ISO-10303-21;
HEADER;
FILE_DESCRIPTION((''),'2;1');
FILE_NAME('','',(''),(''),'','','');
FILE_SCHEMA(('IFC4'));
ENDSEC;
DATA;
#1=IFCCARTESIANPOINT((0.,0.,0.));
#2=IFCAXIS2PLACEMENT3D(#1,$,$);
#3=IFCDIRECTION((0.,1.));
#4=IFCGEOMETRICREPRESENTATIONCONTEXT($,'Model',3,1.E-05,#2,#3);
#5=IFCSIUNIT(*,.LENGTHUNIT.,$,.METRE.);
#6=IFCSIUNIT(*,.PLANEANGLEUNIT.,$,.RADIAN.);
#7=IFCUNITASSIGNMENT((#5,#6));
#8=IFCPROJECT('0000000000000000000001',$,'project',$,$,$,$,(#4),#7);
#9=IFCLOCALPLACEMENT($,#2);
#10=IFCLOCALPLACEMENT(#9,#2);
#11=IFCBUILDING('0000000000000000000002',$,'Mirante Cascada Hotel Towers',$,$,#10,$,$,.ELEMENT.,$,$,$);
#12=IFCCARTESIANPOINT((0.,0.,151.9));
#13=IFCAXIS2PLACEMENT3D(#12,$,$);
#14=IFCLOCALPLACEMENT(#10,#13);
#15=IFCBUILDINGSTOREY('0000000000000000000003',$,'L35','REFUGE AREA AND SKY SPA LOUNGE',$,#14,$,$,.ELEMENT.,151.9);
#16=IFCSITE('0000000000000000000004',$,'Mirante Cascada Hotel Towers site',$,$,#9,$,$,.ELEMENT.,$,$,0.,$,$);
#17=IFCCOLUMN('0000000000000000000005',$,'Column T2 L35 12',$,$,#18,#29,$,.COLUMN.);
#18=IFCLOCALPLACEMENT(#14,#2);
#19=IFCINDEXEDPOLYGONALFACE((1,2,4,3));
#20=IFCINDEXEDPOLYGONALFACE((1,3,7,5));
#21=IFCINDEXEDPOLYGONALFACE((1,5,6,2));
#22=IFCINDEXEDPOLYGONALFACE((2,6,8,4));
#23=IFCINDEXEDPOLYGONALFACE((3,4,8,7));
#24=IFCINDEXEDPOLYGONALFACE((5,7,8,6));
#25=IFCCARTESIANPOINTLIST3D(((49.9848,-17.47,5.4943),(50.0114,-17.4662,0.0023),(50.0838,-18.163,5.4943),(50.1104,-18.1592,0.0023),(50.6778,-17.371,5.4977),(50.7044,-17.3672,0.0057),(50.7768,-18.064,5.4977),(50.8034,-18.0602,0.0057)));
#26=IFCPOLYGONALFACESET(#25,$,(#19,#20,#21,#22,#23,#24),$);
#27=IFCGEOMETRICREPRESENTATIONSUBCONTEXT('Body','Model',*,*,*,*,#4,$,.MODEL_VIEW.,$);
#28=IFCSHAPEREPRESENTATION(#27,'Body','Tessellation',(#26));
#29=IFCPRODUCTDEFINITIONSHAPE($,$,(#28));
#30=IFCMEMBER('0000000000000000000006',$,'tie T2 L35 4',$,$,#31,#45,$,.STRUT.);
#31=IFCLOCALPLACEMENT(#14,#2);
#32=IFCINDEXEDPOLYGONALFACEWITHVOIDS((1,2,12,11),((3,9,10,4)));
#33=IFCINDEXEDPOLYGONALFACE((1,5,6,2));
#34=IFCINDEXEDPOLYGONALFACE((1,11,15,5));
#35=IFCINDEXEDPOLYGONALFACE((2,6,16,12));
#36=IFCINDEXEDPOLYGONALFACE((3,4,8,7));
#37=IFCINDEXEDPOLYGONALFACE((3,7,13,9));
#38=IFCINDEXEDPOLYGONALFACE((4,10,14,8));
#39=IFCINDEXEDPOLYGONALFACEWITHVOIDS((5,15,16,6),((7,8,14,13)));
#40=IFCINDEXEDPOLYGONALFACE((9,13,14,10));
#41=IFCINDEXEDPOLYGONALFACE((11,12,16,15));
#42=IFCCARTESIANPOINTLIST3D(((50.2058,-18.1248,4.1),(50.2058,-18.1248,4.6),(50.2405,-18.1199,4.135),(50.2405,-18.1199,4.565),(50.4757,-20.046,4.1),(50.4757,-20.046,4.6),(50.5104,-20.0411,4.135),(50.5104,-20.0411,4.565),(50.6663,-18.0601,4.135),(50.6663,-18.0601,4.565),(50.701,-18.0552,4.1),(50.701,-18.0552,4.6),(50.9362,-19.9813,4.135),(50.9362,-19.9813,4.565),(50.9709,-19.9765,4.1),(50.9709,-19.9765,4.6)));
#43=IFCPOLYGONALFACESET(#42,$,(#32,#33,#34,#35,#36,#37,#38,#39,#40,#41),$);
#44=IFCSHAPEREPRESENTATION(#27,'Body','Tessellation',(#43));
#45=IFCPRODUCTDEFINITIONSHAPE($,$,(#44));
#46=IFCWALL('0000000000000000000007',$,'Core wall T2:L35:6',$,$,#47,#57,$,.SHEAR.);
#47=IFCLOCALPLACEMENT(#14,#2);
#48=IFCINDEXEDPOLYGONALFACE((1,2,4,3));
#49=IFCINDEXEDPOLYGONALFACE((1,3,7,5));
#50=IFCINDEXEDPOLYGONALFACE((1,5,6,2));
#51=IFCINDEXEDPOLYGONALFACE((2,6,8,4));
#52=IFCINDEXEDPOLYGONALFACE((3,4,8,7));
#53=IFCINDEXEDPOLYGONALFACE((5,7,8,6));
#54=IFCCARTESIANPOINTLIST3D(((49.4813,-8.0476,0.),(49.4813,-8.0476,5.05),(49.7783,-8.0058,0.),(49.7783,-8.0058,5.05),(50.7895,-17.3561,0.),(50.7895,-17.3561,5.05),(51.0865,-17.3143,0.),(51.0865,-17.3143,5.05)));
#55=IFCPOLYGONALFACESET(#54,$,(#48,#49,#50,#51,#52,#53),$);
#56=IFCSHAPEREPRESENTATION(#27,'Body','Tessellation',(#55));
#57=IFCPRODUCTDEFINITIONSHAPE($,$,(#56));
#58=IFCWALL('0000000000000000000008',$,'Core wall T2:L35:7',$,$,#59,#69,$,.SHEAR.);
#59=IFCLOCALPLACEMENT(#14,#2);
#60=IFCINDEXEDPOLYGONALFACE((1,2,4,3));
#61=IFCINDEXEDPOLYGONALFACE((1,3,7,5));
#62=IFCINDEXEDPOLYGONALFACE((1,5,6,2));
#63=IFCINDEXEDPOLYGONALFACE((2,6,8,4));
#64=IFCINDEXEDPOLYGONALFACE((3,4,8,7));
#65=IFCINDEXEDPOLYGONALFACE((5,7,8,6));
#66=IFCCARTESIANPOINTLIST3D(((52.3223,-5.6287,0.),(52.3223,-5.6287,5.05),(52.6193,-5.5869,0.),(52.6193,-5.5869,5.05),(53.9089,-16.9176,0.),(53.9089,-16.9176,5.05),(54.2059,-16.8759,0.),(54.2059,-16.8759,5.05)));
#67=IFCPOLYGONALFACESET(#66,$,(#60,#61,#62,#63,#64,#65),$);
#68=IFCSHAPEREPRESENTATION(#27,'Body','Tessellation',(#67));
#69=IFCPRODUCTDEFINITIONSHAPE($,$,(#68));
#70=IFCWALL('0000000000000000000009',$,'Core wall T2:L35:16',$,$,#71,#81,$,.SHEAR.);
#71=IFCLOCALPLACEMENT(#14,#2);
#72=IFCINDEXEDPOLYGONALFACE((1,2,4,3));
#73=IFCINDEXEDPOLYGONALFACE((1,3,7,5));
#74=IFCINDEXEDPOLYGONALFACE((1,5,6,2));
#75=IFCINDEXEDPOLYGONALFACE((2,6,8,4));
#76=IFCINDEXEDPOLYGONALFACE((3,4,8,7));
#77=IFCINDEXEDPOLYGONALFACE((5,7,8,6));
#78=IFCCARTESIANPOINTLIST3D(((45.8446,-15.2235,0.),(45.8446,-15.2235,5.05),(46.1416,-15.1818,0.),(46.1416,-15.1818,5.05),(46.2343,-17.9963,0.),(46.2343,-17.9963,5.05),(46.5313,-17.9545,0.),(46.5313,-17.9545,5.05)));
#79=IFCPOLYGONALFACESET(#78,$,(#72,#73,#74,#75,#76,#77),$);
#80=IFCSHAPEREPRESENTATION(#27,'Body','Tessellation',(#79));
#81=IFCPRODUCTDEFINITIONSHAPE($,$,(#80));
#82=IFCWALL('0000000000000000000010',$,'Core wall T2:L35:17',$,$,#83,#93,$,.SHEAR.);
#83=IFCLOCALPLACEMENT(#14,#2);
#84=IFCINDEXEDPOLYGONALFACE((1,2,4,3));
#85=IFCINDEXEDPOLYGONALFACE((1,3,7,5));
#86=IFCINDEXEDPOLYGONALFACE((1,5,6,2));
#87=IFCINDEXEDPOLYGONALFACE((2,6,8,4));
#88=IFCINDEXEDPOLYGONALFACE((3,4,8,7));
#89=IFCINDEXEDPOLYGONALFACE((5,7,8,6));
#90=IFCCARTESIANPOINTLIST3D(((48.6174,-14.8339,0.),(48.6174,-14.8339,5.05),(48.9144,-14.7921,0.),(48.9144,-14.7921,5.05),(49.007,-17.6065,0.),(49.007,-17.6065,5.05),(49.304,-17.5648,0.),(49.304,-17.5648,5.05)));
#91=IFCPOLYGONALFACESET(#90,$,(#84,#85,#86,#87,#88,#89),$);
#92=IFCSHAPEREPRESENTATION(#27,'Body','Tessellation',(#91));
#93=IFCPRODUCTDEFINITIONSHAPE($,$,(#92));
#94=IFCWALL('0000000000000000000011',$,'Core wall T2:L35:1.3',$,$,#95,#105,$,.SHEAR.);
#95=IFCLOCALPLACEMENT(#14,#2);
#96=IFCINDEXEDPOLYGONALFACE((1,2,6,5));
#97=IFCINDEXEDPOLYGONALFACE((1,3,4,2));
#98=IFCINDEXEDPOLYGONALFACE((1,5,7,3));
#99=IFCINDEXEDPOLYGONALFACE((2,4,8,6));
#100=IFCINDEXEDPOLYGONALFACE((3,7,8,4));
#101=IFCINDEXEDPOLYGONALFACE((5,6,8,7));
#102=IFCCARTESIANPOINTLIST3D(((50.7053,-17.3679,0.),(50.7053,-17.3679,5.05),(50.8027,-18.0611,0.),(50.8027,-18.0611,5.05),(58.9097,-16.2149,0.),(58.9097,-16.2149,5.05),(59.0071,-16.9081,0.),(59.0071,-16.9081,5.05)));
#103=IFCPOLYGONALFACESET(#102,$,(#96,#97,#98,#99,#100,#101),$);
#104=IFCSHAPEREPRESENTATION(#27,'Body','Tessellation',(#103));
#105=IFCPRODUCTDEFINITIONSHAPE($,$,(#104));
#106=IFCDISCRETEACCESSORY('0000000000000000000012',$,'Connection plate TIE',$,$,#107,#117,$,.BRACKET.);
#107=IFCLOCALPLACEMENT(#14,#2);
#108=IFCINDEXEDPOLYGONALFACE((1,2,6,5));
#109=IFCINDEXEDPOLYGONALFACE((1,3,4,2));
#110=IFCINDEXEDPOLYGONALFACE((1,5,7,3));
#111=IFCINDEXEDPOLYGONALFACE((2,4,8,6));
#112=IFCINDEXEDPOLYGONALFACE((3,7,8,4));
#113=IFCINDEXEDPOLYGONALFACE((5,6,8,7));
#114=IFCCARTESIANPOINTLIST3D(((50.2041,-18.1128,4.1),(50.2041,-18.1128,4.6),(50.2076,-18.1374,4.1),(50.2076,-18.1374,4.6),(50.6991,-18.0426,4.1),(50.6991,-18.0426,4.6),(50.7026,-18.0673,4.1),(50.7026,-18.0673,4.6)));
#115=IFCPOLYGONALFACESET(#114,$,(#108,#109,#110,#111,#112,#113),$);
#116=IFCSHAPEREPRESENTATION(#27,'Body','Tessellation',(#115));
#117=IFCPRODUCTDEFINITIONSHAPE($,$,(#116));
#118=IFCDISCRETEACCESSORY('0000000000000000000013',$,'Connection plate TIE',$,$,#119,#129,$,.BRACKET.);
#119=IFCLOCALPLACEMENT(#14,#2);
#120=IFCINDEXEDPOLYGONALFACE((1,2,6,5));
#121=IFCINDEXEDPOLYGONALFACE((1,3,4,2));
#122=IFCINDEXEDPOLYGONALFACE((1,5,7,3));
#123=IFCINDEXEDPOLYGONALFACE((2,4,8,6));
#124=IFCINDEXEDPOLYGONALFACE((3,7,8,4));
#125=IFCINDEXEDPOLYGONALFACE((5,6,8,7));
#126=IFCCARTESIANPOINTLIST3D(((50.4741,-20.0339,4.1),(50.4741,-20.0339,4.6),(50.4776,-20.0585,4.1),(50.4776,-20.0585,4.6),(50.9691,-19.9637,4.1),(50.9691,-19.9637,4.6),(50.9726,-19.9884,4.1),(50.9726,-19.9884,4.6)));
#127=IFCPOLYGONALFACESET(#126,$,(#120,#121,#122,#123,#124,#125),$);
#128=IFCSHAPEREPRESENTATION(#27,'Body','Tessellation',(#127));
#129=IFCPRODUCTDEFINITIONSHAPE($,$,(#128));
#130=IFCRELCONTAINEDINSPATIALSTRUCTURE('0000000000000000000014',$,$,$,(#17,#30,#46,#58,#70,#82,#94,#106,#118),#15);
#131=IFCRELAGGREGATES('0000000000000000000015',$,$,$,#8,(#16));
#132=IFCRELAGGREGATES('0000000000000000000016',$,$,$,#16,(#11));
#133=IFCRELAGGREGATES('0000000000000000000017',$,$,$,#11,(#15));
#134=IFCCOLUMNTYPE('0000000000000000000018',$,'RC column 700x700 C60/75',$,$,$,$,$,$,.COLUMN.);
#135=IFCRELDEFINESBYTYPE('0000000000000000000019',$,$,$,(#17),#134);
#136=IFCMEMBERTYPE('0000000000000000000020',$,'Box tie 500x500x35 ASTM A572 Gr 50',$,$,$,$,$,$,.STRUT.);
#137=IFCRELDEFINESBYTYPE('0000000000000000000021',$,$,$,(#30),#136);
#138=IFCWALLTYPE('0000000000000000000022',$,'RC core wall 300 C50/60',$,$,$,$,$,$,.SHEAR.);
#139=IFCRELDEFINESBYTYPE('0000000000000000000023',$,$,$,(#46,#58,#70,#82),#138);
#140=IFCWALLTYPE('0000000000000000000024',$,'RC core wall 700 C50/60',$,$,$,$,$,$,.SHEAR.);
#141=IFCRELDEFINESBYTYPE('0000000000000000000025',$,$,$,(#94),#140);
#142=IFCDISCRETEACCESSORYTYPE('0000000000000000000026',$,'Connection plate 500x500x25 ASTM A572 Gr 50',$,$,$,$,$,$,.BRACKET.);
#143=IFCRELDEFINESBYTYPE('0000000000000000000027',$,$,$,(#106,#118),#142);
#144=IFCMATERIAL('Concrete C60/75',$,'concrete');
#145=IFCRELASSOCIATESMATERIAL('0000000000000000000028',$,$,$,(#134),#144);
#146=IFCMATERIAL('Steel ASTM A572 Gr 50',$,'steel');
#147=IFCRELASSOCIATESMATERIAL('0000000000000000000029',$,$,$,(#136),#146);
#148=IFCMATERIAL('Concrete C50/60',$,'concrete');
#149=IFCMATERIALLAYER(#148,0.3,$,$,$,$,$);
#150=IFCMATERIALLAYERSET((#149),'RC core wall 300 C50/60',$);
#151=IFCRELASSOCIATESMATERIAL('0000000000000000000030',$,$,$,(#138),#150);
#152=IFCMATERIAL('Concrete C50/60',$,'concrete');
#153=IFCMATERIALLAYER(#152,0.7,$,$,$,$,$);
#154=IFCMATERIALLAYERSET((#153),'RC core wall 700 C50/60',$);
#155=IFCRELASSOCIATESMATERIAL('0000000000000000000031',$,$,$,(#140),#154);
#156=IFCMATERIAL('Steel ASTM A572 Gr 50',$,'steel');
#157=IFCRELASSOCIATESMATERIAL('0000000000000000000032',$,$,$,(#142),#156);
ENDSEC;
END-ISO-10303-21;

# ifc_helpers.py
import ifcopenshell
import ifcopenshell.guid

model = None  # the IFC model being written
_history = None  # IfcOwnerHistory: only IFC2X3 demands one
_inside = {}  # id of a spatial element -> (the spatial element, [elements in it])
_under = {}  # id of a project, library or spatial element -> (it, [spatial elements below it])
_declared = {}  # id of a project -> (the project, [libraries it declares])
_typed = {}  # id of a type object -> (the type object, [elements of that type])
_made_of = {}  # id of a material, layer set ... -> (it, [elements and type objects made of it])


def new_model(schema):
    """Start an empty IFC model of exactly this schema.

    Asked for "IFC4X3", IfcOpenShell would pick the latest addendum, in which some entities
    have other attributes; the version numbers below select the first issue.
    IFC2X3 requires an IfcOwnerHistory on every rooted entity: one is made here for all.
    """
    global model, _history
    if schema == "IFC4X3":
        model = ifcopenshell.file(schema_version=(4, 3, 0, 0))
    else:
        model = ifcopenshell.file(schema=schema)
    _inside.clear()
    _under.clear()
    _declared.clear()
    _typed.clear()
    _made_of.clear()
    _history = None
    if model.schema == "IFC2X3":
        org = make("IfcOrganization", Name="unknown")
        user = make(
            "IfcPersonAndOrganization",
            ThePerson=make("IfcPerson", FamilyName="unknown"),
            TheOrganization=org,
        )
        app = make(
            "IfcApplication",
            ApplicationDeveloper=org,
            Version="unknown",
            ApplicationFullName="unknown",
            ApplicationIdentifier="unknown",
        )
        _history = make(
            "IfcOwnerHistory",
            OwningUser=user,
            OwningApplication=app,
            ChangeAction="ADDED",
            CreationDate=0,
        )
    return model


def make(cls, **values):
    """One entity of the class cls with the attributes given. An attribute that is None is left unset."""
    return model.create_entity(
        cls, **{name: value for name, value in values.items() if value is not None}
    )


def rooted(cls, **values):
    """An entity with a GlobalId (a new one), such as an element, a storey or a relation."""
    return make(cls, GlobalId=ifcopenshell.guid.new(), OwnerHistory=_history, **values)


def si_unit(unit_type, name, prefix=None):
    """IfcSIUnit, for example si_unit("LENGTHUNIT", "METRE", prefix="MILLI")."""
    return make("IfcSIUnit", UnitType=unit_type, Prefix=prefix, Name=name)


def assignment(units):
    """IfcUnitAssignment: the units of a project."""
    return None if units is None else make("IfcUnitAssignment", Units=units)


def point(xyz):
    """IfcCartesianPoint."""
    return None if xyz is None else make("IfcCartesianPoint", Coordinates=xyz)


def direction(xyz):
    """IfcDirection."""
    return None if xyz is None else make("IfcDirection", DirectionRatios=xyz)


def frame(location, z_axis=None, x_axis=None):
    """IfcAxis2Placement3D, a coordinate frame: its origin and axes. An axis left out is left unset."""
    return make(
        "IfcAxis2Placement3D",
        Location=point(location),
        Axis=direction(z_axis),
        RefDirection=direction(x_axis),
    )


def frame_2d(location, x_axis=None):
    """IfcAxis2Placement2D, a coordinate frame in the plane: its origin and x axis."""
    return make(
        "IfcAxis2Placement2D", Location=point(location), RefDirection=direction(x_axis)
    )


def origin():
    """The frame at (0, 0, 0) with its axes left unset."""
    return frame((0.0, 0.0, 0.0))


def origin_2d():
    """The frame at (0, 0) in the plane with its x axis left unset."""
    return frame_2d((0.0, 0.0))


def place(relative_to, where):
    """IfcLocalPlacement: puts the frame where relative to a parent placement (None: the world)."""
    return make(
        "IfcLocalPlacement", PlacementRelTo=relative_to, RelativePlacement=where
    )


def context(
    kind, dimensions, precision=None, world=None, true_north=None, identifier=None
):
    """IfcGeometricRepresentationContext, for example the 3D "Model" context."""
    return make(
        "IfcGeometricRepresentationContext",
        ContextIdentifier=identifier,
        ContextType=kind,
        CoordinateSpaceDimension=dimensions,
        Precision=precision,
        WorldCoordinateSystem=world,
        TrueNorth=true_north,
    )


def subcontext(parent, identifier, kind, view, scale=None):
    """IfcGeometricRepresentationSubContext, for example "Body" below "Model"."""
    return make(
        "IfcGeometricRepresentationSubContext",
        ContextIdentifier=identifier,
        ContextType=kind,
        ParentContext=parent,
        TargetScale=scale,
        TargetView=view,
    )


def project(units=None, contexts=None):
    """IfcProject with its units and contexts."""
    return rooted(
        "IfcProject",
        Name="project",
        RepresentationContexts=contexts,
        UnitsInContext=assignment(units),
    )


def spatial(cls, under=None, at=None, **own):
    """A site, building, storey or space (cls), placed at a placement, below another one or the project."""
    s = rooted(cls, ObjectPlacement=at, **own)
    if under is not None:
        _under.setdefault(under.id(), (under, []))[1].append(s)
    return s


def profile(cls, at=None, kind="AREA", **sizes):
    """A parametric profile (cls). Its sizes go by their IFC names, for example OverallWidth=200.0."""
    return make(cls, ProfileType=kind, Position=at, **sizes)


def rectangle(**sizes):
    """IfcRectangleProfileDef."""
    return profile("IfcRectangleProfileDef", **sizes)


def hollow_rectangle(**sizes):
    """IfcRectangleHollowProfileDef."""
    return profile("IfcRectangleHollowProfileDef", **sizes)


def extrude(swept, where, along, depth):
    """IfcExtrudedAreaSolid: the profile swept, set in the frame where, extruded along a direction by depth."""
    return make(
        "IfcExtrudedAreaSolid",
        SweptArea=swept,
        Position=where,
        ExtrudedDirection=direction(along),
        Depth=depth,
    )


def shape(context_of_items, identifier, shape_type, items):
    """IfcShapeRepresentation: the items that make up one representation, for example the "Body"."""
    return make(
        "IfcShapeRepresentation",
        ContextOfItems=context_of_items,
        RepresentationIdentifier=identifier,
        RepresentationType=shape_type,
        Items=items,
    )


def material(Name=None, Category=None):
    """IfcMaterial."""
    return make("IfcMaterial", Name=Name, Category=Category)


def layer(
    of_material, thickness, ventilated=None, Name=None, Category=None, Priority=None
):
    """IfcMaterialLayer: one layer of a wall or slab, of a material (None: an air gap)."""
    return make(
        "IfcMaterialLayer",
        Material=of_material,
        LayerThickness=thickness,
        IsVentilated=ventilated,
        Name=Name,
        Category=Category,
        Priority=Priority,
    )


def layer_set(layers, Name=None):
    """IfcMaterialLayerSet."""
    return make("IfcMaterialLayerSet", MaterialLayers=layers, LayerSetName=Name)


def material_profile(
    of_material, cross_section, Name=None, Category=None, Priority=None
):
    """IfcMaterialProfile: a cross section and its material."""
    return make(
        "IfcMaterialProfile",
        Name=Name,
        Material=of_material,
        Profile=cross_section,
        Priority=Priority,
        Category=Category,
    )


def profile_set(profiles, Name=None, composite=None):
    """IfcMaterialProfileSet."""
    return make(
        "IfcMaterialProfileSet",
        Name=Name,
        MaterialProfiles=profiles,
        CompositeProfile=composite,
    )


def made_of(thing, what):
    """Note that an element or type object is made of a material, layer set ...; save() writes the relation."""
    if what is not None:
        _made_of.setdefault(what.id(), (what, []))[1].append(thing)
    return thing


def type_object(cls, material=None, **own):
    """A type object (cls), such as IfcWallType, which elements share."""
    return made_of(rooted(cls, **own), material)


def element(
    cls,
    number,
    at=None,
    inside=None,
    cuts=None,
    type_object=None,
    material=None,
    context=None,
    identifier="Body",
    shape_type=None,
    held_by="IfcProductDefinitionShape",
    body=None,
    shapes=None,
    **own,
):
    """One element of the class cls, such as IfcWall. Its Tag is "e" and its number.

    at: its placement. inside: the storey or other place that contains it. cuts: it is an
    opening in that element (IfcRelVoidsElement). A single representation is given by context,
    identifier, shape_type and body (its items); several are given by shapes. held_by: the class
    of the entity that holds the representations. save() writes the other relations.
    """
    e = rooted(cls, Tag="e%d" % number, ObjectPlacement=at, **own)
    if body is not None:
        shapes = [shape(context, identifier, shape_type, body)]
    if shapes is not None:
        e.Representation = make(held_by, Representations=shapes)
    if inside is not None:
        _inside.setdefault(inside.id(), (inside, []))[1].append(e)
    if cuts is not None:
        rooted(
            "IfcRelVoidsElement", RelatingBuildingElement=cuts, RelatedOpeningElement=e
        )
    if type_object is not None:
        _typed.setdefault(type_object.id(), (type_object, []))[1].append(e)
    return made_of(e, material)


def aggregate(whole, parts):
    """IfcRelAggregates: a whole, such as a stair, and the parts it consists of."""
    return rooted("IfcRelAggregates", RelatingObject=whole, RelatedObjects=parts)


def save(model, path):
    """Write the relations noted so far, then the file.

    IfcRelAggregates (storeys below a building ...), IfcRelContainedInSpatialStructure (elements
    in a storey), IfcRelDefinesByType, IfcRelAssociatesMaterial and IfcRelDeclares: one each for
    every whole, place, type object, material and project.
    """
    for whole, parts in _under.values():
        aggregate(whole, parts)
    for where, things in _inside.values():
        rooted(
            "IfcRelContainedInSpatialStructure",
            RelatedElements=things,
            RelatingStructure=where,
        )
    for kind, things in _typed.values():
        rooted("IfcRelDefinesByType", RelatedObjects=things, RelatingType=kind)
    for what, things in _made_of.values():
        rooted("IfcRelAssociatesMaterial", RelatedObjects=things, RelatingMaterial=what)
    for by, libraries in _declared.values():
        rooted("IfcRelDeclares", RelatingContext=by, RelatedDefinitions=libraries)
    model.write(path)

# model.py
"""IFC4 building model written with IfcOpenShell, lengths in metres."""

from ifc_helpers import new_model, si_unit, direction, frame, frame_2d, origin, origin_2d, place, context, subcontext, project, spatial, rectangle, hollow_rectangle, extrude, material, layer, layer_set, material_profile, profile_set, type_object, element, save


model = new_model("IFC4")

# Units and contexts
model_context = context("Model", 3, precision=1e-05, world=origin(), true_north=direction((0.0, 1.0)))
body_context = subcontext(model_context, "Body", "Model", "MODEL_VIEW")
ifc_project = project(units=[si_unit("LENGTHUNIT", "METRE"), si_unit("PLANEANGLEUNIT", "RADIAN")], contexts=[model_context])

# Site, building, storey
site_placement = place(None, origin())
site = spatial("IfcSite", under=ifc_project, at=site_placement, Name="Mirante Cascada Hotel Towers site", CompositionType="ELEMENT", RefElevation=0.0)
building_placement = place(site_placement, origin())
building = spatial("IfcBuilding", under=site, at=building_placement, Name="Mirante Cascada Hotel Towers", CompositionType="ELEMENT")
storey_placement = place(building_placement, frame((0.0, 0.0, 151.9)))
storey = spatial("IfcBuildingStorey", under=building, at=storey_placement, Name="L35", Description="REFUGE AREA AND SKY SPA LOUNGE", CompositionType="ELEMENT", Elevation=151.9)

# Column
ifc_material_1 = material(Name="Concrete C60/75", Category="concrete")
ifc_material_profile_1 = material_profile(ifc_material_1, rectangle(XDim=0.7, YDim=0.7, at=origin_2d()), Name="RC column 700x700 C60/75")
ifc_profile_set_1 = profile_set([ifc_material_profile_1], Name="Concrete C60/75")
column_type = type_object("IfcColumnType", Name="RC column 700x700 C60/75", PredefinedType="COLUMN", material=ifc_profile_set_1)
column_placement = place(storey_placement, frame((50.4074, -17.7632, 0.004), z_axis=(-0.004843, -0.000692, 0.999988), x_axis=(0.141421, -0.98995, 0.0)))
element("IfcColumn", 1, at=column_placement, inside=storey, type_object=column_type, Name="Column T2 L35 12", PredefinedType="COLUMN", context=body_context, shape_type="SweptSolid", body=[
    extrude(rectangle(XDim=0.7, YDim=0.7, at=origin_2d()), origin(), (0.0, 0.0, 1.0), 5.4921),
])

# Member
ifc_material_2 = material(Name="Steel ASTM A572 Gr 50", Category="steel")
ifc_material_profile_2 = material_profile(ifc_material_2, hollow_rectangle(XDim=0.5, YDim=0.5, WallThickness=0.035, at=origin_2d()), Name="Box tie 500x500x35 ASTM A572 Gr 50")
ifc_profile_set_2 = profile_set([ifc_material_profile_2], Name="Steel ASTM A572 Gr 50")
member_type = type_object("IfcMemberType", Name="Box tie 500x500x35 ASTM A572 Gr 50", PredefinedType="STRUT", material=ifc_profile_set_2)
member_placement = place(storey_placement, frame((50.4534, -18.09, 4.35), z_axis=(0.139119, -0.990276, 0.0), x_axis=(0.990276, 0.139119, 0.0)))
element("IfcMember", 2, at=member_placement, inside=storey, type_object=member_type, Name="tie T2 L35 4", PredefinedType="STRUT", context=body_context, shape_type="SweptSolid", body=[
    extrude(hollow_rectangle(XDim=0.5, YDim=0.5, WallThickness=0.035, at=origin_2d()), origin(), (0.0, 0.0, 1.0), 1.9401),
])

# Walls
ifc_material_3 = material(Name="Concrete C50/60", Category="concrete")
ifc_layer_1 = layer(ifc_material_3, 0.3)
ifc_layer_set_1 = layer_set([ifc_layer_1], Name="RC core wall 300 C50/60")
wall_type_1 = type_object("IfcWallType", Name="RC core wall 300 C50/60", PredefinedType="SHEAR", material=ifc_layer_set_1)
wall_1_placement = place(storey_placement, frame((50.938, -17.3352, 0.0), z_axis=(0.0, 0.0, 1.0), x_axis=(-0.139171, 0.990268, 0.0)))
element("IfcWall", 3, at=wall_1_placement, inside=storey, type_object=wall_type_1, Name="Core wall T2:L35:6", PredefinedType="SHEAR", context=body_context, shape_type="SweptSolid", body=[
    extrude(rectangle(XDim=9.4, YDim=0.3, at=frame_2d((4.7, 0.0))), origin(), (0.0, 0.0, 1.0), 5.05),
])
wall_2_placement = place(storey_placement, frame((54.0574, -16.8968, 0.0), z_axis=(0.0, 0.0, 1.0), x_axis=(-0.139176, 0.990268, 0.0)))
element("IfcWall", 4, at=wall_2_placement, inside=storey, type_object=wall_type_1, Name="Core wall T2:L35:7", PredefinedType="SHEAR", context=body_context, shape_type="SweptSolid", body=[
    extrude(rectangle(XDim=11.3999, YDim=0.3, at=frame_2d((5.7, 0.0))), origin(), (0.0, 0.0, 1.0), 5.05),
])
wall_3_placement = place(storey_placement, frame((46.3828, -17.9754, 0.0), z_axis=(0.0, 0.0, 1.0), x_axis=(-0.139181, 0.990267, 0.0)))
element("IfcWall", 5, at=wall_3_placement, inside=storey, type_object=wall_type_1, Name="Core wall T2:L35:16", PredefinedType="SHEAR", context=body_context, shape_type="SweptSolid", body=[
    extrude(rectangle(XDim=2.8, YDim=0.3, at=frame_2d((1.4, 0.0))), origin(), (0.0, 0.0, 1.0), 5.05),
])
wall_4_placement = place(storey_placement, frame((49.1555, -17.5857, 0.0), z_axis=(0.0, 0.0, 1.0), x_axis=(-0.139146, 0.990272, 0.0)))
element("IfcWall", 6, at=wall_4_placement, inside=storey, type_object=wall_type_1, Name="Core wall T2:L35:17", PredefinedType="SHEAR", context=body_context, shape_type="SweptSolid", body=[
    extrude(rectangle(XDim=2.7999, YDim=0.3, at=frame_2d((1.4, 0.0))), origin(), (0.0, 0.0, 1.0), 5.05),
])

# Wall
ifc_material_4 = material(Name="Concrete C50/60", Category="concrete")
ifc_layer_2 = layer(ifc_material_4, 0.7)
ifc_layer_set_2 = layer_set([ifc_layer_2], Name="RC core wall 700 C50/60")
wall_type_2 = type_object("IfcWallType", Name="RC core wall 700 C50/60", PredefinedType="SHEAR", material=ifc_layer_set_2)
wall_5_placement = place(storey_placement, frame((50.754, -17.7145, 0.0), z_axis=(0.0, 0.0, 1.0), x_axis=(0.990269, 0.139167, 0.0)))
element("IfcWall", 7, at=wall_5_placement, inside=storey, type_object=wall_type_2, Name="Core wall T2:L35:1.3", PredefinedType="SHEAR", context=body_context, shape_type="SweptSolid", body=[
    extrude(rectangle(XDim=8.285, YDim=0.7, at=frame_2d((4.1425, 0.0))), origin(), (0.0, 0.0, 1.0), 5.05),
])

# Discrete accessories
ifc_material_5 = material(Name="Steel ASTM A572 Gr 50", Category="steel")
ifc_material_profile_3 = material_profile(ifc_material_5, rectangle(XDim=0.5, YDim=0.5, at=origin_2d()), Name="Connection plate 500x500x25 ASTM A572 Gr 50")
ifc_profile_set_3 = profile_set([ifc_material_profile_3], Name="Steel ASTM A572 Gr 50")
discrete_accessory_type = type_object("IfcDiscreteAccessoryType", Name="Connection plate 500x500x25 ASTM A572 Gr 50", PredefinedType="BRACKET", material=ifc_profile_set_3)
for number, where, z_axis, x_axis, name in (
    (8, (50.4516, -18.0777, 4.35), (0.140299, -0.990109, 0.0), (0.990109, 0.140299, 0.0), "Connection plate TIE"),
    (9, (50.7216, -19.9988, 4.35), (0.140299, -0.990109, 0.0), (0.990109, 0.140299, 0.0), "Connection plate TIE"),
):
    element("IfcDiscreteAccessory", number, at=place(storey_placement, frame(where, z_axis=z_axis, x_axis=x_axis)), inside=storey, type_object=discrete_accessory_type, Name=name, PredefinedType="BRACKET", context=body_context, shape_type="SweptSolid", body=[
        extrude(rectangle(XDim=0.5, YDim=0.5, at=origin_2d()), origin(), (0.0, 0.0, 1.0), 0.0249),
    ])

save(model, "model.ifc")
